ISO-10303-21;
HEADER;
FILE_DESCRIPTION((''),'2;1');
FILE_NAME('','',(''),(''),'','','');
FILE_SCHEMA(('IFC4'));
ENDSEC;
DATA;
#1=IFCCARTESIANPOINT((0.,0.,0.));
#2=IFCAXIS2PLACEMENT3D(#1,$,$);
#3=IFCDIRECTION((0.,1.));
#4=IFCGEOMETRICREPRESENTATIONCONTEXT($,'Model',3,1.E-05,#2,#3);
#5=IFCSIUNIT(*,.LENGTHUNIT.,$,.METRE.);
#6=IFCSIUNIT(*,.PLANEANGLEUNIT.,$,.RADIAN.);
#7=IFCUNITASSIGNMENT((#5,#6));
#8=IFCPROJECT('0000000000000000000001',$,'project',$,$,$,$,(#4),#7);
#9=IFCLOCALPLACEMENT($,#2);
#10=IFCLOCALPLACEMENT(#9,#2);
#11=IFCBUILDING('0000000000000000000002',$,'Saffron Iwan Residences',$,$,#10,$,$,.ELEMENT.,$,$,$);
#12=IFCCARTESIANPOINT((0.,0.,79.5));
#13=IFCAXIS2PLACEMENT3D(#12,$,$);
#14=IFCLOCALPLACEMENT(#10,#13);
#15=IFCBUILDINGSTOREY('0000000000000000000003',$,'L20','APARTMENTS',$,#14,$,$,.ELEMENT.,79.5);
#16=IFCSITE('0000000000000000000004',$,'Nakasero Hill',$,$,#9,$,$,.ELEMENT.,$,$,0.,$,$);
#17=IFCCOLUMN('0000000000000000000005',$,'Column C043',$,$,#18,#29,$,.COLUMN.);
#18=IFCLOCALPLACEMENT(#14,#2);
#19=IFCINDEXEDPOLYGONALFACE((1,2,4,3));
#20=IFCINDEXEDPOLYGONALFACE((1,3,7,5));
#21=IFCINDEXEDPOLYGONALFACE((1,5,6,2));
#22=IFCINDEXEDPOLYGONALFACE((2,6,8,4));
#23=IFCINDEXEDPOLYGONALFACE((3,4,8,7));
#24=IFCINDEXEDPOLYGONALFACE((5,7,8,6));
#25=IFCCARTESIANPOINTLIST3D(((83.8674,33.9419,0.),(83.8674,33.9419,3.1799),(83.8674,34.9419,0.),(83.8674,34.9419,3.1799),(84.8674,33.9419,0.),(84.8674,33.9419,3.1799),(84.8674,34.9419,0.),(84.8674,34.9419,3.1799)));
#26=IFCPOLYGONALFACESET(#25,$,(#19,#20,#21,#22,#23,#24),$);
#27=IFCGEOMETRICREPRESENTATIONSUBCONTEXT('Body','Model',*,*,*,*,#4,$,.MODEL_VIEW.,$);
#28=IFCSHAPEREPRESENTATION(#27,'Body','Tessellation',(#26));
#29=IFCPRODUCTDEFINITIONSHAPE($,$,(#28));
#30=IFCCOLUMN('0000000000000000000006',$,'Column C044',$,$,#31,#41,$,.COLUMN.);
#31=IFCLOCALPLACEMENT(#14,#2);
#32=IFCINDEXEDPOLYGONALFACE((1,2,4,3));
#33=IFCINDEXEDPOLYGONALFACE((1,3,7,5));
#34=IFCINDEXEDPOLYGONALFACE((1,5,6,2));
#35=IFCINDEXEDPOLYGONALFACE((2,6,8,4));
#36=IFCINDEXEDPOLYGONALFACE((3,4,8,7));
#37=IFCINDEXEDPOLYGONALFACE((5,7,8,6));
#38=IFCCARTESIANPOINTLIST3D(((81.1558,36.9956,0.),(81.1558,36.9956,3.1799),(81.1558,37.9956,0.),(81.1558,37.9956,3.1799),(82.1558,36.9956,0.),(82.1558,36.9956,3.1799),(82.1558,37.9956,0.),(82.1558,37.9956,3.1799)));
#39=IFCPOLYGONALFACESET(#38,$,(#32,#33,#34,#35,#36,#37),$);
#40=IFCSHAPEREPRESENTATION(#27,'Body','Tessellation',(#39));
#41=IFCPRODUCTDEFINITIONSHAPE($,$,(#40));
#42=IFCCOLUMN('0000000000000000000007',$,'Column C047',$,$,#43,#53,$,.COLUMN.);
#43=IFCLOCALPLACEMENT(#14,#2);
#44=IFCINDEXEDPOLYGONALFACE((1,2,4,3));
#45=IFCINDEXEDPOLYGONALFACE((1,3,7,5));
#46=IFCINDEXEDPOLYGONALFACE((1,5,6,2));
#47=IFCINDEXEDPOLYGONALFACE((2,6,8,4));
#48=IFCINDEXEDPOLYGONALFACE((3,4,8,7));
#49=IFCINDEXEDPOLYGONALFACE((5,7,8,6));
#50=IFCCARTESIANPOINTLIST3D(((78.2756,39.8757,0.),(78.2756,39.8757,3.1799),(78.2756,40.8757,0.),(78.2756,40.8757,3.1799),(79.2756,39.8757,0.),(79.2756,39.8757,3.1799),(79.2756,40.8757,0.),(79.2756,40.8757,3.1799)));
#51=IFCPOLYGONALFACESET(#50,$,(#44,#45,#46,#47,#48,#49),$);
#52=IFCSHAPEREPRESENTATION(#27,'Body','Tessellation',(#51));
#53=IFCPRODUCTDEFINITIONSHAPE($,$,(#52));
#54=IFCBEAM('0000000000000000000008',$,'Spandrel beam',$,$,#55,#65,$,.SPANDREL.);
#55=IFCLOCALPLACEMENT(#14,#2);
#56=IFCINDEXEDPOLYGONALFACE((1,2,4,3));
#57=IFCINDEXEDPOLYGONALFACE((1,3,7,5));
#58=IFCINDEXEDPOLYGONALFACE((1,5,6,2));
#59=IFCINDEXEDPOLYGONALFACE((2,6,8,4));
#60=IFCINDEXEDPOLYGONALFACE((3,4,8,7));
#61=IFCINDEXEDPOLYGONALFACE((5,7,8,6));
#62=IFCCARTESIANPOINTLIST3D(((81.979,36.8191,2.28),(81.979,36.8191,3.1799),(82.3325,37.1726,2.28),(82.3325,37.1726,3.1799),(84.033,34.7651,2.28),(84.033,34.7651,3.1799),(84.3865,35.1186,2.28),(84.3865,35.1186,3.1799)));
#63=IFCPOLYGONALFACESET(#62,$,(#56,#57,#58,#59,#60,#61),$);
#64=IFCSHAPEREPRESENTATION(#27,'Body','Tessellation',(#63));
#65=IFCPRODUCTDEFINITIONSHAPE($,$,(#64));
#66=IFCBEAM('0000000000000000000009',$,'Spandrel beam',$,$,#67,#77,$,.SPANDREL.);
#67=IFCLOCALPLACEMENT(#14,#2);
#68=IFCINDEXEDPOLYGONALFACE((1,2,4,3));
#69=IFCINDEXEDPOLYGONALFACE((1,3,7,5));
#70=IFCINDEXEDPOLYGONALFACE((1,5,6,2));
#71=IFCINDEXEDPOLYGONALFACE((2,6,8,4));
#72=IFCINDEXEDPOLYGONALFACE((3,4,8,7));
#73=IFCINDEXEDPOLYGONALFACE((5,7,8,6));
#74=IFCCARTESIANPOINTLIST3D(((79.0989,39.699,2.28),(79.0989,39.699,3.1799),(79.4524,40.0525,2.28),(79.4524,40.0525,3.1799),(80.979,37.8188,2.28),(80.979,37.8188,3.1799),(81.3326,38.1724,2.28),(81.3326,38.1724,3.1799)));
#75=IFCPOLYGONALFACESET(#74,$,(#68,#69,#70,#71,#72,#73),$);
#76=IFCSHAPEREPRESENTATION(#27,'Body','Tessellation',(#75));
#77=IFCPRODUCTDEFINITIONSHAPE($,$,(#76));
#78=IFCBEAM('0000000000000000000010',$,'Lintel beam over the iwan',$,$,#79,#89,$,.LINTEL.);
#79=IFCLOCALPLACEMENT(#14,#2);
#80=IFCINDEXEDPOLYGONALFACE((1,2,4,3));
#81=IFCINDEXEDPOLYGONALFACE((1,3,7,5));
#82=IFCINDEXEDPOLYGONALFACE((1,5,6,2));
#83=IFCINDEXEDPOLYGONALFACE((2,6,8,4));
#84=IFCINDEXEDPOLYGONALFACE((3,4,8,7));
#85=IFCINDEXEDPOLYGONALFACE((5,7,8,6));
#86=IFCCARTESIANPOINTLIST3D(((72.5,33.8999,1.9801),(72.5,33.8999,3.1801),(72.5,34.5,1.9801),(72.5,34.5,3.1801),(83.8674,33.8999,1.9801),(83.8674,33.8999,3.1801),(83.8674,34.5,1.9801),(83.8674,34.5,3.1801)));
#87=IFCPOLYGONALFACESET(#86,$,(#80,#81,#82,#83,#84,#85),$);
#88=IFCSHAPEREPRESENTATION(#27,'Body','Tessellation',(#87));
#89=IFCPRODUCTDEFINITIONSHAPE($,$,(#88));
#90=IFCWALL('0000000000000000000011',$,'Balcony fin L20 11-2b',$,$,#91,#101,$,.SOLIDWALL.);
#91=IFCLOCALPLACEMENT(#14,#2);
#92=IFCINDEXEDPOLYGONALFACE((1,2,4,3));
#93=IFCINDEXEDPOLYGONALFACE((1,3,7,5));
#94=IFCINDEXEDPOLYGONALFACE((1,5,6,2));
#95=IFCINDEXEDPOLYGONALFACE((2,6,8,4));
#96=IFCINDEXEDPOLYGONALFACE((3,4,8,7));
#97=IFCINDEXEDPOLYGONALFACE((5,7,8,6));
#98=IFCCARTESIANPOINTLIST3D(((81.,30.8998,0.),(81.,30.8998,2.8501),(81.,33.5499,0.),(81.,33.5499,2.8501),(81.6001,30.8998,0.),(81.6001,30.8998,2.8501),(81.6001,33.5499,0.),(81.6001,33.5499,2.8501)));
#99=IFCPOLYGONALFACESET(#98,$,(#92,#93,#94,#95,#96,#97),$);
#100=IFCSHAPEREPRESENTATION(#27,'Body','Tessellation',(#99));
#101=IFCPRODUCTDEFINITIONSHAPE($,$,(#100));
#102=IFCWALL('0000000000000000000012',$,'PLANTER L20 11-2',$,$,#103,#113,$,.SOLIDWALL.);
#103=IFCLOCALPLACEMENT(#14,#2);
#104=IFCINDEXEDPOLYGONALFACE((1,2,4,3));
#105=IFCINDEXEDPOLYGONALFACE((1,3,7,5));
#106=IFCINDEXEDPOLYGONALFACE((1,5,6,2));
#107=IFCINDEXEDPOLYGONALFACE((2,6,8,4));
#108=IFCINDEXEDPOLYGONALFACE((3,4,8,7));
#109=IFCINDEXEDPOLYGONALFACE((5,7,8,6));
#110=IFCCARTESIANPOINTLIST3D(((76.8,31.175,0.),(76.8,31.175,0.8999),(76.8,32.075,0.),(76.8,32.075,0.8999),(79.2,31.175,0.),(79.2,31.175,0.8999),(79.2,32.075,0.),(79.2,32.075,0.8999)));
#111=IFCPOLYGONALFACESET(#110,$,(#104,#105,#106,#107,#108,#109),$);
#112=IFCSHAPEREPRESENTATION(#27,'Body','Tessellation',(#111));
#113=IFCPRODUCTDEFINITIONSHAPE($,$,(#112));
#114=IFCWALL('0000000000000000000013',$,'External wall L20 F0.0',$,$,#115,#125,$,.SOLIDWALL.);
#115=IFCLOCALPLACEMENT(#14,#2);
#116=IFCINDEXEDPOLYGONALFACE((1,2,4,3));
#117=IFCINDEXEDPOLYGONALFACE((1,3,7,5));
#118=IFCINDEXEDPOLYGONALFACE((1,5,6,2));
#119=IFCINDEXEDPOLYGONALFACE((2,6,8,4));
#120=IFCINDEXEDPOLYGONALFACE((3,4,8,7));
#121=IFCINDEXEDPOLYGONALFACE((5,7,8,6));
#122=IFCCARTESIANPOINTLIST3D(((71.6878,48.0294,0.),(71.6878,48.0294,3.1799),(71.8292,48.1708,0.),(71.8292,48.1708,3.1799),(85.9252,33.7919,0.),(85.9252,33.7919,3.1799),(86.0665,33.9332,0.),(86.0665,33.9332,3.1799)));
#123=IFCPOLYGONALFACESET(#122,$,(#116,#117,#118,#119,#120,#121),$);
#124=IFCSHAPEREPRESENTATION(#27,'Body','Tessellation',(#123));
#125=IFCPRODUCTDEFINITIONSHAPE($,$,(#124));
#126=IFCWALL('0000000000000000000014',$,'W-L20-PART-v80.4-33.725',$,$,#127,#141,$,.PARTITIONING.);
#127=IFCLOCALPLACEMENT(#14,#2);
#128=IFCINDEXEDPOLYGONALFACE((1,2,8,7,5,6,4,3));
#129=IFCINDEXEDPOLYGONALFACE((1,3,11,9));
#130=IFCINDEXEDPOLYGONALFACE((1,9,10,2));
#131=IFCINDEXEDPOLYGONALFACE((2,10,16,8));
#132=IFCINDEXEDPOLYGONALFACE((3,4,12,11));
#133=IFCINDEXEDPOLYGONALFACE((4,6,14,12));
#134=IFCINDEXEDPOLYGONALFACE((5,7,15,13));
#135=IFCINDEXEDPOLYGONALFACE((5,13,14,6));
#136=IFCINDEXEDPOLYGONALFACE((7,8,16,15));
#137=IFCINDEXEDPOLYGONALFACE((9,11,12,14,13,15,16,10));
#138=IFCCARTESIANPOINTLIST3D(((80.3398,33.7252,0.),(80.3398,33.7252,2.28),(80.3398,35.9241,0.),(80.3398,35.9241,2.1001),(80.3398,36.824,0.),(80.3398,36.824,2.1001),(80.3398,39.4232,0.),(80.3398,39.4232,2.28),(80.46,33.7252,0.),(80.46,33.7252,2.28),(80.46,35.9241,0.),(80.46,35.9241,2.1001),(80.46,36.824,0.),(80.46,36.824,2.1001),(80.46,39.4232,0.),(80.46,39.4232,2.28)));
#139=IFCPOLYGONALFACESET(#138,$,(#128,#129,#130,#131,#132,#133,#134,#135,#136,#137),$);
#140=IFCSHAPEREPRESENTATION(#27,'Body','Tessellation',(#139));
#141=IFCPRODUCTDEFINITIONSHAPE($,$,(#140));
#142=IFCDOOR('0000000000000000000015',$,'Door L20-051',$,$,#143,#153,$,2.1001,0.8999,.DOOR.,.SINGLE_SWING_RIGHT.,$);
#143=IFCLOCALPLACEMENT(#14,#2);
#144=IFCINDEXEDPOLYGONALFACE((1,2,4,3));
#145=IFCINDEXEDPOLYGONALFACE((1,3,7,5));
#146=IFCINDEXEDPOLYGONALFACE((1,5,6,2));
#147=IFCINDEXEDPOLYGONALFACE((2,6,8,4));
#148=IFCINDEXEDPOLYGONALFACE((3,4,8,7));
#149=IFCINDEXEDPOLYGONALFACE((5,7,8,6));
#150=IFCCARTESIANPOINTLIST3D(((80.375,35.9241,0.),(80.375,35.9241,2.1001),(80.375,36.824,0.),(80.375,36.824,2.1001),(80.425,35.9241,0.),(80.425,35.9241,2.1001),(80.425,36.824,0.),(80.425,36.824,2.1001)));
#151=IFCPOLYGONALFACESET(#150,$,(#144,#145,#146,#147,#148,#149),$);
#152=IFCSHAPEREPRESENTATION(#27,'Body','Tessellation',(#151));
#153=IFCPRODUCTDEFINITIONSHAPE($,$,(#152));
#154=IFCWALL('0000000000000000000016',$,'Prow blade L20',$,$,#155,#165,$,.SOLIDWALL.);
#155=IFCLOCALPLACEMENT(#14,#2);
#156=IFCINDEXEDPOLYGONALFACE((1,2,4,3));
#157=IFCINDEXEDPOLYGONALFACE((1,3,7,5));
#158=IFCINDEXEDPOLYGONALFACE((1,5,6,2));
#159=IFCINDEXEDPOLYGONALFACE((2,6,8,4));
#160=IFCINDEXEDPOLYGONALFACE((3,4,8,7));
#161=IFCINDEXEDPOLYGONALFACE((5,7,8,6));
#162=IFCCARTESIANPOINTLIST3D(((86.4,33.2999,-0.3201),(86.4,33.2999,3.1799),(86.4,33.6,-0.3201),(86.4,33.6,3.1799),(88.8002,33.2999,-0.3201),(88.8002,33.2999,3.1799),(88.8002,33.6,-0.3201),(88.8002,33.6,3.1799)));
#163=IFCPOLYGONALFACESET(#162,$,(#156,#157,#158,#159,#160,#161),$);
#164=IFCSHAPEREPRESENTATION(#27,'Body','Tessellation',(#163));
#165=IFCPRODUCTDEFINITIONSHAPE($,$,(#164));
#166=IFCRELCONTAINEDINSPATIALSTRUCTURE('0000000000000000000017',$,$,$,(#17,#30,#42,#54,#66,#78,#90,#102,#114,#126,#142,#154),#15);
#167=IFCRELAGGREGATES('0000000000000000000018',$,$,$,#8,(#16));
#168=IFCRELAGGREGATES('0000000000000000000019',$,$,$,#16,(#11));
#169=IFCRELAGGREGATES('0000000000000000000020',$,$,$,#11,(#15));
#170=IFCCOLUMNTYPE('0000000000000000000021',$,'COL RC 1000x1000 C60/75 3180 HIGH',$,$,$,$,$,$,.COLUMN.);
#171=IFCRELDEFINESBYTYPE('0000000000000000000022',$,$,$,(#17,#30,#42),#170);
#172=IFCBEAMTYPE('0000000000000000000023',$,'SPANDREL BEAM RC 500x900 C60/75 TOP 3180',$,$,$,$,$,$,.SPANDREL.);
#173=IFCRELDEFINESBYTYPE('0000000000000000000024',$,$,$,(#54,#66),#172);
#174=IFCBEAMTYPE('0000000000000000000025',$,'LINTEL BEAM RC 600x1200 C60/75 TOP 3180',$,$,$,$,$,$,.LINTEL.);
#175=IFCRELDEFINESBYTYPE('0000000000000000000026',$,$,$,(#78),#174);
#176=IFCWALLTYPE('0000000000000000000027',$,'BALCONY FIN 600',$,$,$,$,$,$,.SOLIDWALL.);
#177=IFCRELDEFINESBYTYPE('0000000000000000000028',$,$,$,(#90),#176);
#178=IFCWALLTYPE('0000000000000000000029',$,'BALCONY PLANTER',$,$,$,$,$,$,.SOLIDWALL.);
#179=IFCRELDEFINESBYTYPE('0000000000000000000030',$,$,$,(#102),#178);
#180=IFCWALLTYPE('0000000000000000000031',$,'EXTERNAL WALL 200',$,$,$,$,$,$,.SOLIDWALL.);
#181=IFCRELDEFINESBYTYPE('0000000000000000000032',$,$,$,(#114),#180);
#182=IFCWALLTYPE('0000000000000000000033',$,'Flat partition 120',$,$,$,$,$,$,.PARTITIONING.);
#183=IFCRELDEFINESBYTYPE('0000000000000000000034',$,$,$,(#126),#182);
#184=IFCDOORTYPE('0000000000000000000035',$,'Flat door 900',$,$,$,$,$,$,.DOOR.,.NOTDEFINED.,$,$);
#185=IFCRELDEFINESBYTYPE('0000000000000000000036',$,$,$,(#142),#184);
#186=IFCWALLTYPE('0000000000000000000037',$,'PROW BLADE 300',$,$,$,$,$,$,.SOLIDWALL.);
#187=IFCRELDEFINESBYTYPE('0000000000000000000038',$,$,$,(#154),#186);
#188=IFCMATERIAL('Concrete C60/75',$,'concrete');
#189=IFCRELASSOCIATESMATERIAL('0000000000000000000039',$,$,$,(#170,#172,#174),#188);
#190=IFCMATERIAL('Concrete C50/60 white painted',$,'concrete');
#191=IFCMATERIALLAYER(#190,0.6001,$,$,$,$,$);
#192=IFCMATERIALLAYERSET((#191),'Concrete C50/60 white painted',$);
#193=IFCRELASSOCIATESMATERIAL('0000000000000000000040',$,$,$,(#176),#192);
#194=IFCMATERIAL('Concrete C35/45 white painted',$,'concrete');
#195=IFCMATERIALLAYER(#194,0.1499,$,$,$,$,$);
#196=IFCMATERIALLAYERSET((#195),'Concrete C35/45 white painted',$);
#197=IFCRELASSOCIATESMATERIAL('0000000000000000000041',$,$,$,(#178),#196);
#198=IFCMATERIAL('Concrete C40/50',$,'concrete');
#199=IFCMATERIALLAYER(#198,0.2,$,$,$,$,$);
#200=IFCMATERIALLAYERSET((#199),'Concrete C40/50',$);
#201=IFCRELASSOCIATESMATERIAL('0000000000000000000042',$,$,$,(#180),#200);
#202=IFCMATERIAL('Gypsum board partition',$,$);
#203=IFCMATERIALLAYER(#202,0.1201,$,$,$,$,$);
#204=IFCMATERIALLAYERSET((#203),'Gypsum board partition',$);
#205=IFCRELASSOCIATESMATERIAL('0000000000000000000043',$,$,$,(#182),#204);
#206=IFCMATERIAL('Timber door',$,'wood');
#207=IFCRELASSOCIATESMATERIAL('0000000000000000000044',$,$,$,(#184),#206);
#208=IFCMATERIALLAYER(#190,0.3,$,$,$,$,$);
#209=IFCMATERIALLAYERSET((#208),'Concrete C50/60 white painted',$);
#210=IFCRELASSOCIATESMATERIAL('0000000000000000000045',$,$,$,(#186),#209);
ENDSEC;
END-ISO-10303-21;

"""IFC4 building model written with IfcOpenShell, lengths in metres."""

from ifc_helpers import new_model, si_unit, direction, frame, frame_2d, origin, origin_2d, place, context, subcontext, project, spatial, rectangle, extrude, source, transform, mapped, material, layer, layer_set, material_profile, profile_set, type_object, element, fill, save


model = new_model("IFC4")

# Units and contexts
model_context = context("Model", 3, precision=1e-05, world=origin(), true_north=direction((0.0, 1.0)))
body_context = subcontext(model_context, "Body", "Model", "MODEL_VIEW")
ifc_project = project(units=[si_unit("LENGTHUNIT", "METRE"), si_unit("PLANEANGLEUNIT", "RADIAN")], contexts=[model_context])

# Site, building, storey
site_placement = place(None, origin())
site = spatial("IfcSite", under=ifc_project, at=site_placement, Name="Nakasero Hill", CompositionType="ELEMENT", RefElevation=0.0)
building_placement = place(site_placement, origin())
building = spatial("IfcBuilding", under=site, at=building_placement, Name="Saffron Iwan Residences", CompositionType="ELEMENT")
storey_placement = place(building_placement, frame((0.0, 0.0, 79.5)))
storey = spatial("IfcBuildingStorey", under=building, at=storey_placement, Name="L20", Description="APARTMENTS", CompositionType="ELEMENT", Elevation=79.5)

# Columns
ifc_material_1 = material(Name="Concrete C60/75", Category="concrete")
ifc_material_profile_1 = material_profile(ifc_material_1, rectangle(XDim=1.0, YDim=1.0, at=origin_2d()), Name="RC 1000x1000")
ifc_profile_set_1 = profile_set([ifc_material_profile_1], Name="Concrete C60/75")
column_type = type_object("IfcColumnType", Name="COL RC 1000x1000 C60/75 3180 HIGH", PredefinedType="COLUMN", material=ifc_profile_set_1)
shared_shape_1 = source(origin(), body_context, "Body", "SweptSolid", [
    extrude(rectangle(XDim=1.0, YDim=1.0, at=origin_2d()), origin(), (0.0, 0.0, 1.0), 3.1799),
])
for number, where, z_axis, x_axis, name in (
    (1, (84.3674, 34.4419, 0.0), (0.0, 0.0, 1.0), (1.0, 0.0, 0.0), "Column C043"),
    (2, (81.6558, 37.4956, 0.0), (0.0, 0.0, 1.0), (1.0, 0.0, 0.0), "Column C044"),
    (3, (78.7756, 40.3757, 0.0), (0.0, 0.0, 1.0), (1.0, 0.0, 0.0), "Column C047"),
):
    element("IfcColumn", number, at=place(storey_placement, frame(where, z_axis=z_axis, x_axis=x_axis)), inside=storey, type_object=column_type, Name=name, PredefinedType="COLUMN", context=body_context, shape_type="MappedRepresentation", body=[
        mapped(shared_shape_1, transform((0.0, 0.0, 0.0))),
    ])

# Beams
ifc_material_profile_2 = material_profile(ifc_material_1, rectangle(XDim=0.5, YDim=0.8999, at=origin_2d()), Name="RC 500x900")
ifc_profile_set_2 = profile_set([ifc_material_profile_2], Name="Concrete C60/75")
beam_type_1 = type_object("IfcBeamType", Name="SPANDREL BEAM RC 500x900 C60/75 TOP 3180", PredefinedType="SPANDREL", material=ifc_profile_set_2)
shared_shape_2 = source(origin(), body_context, "Body", "SweptSolid", [
    extrude(rectangle(XDim=0.5, YDim=0.8999, at=origin_2d()), origin(), (0.0, 0.0, 1.0), 2.9048),
])
beam_1_placement = place(storey_placement, frame((82.1558, 36.9958, 2.73), z_axis=(0.707107, -0.707107, 0.0), x_axis=(0.707107, 0.707107, 0.0)))
element("IfcBeam", 4, at=beam_1_placement, inside=storey, type_object=beam_type_1, Name="Spandrel beam", PredefinedType="SPANDREL", context=body_context, shape_type="MappedRepresentation", body=[
    mapped(shared_shape_2, transform((0.0, 0.0, 0.0))),
])
shared_shape_3 = source(origin(), body_context, "Body", "SweptSolid", [
    extrude(rectangle(XDim=0.5, YDim=0.8999, at=origin_2d()), origin(), (0.0, 0.0, 1.0), 2.6589),
])
beam_2_placement = place(storey_placement, frame((79.2756, 39.8757, 2.73), z_axis=(0.707107, -0.707107, 0.0), x_axis=(0.707107, 0.707107, 0.0)))
element("IfcBeam", 5, at=beam_2_placement, inside=storey, type_object=beam_type_1, Name="Spandrel beam", PredefinedType="SPANDREL", context=body_context, shape_type="MappedRepresentation", body=[
    mapped(shared_shape_3, transform((0.0, 0.0, 0.0))),
])
ifc_material_profile_3 = material_profile(ifc_material_1, rectangle(XDim=0.6001, YDim=1.2, at=origin_2d()), Name="RC 600x1200")
ifc_profile_set_3 = profile_set([ifc_material_profile_3], Name="Concrete C60/75")
beam_type_2 = type_object("IfcBeamType", Name="LINTEL BEAM RC 600x1200 C60/75 TOP 3180", PredefinedType="LINTEL", material=ifc_profile_set_3)
shared_shape_4 = source(origin(), body_context, "Body", "SweptSolid", [
    extrude(rectangle(XDim=0.6001, YDim=1.2, at=origin_2d()), origin(), (0.0, 0.0, 1.0), 11.3674),
])
beam_3_placement = place(storey_placement, frame((83.8674, 34.2, 2.5801), z_axis=(-1.0, 0.0, 0.0), x_axis=(0.0, -1.0, 0.0)))
element("IfcBeam", 6, at=beam_3_placement, inside=storey, type_object=beam_type_2, Name="Lintel beam over the iwan", PredefinedType="LINTEL", context=body_context, shape_type="MappedRepresentation", body=[
    mapped(shared_shape_4, transform((0.0, 0.0, 0.0))),
])

# Walls
ifc_material_2 = material(Name="Concrete C50/60 white painted", Category="concrete")
ifc_layer_1 = layer(ifc_material_2, 0.6001)
ifc_layer_set_1 = layer_set([ifc_layer_1], Name="Concrete C50/60 white painted")
wall_type_1 = type_object("IfcWallType", Name="BALCONY FIN 600", PredefinedType="SOLIDWALL", material=ifc_layer_set_1)
wall_1_placement = place(storey_placement, frame((81.3, 33.55, 0.0), z_axis=(0.0, 0.0, 1.0), x_axis=(0.0, -1.0, 0.0)))
element("IfcWall", 7, at=wall_1_placement, inside=storey, type_object=wall_type_1, Name="Balcony fin L20 11-2b", PredefinedType="SOLIDWALL", context=body_context, shape_type="SweptSolid", body=[
    extrude(rectangle(XDim=2.6501, YDim=0.6001, at=frame_2d((1.3252, 0.0))), origin(), (0.0, 0.0, 1.0), 2.8501),
])
ifc_material_3 = material(Name="Concrete C35/45 white painted", Category="concrete")
ifc_layer_2 = layer(ifc_material_3, 0.1499)
ifc_layer_set_2 = layer_set([ifc_layer_2], Name="Concrete C35/45 white painted")
wall_type_2 = type_object("IfcWallType", Name="BALCONY PLANTER", PredefinedType="SOLIDWALL", material=ifc_layer_set_2)
wall_2_placement = place(storey_placement, frame((76.8, 31.625, 0.0), z_axis=(0.0, 0.0, 1.0), x_axis=(1.0, 0.0, 0.0)))
element("IfcWall", 8, at=wall_2_placement, inside=storey, type_object=wall_type_2, Name="PLANTER L20 11-2", PredefinedType="SOLIDWALL", context=body_context, shape_type="SweptSolid", body=[
    extrude(rectangle(XDim=2.3999, YDim=0.8999, at=frame_2d((1.2, 0.0))), origin(), (0.0, 0.0, 1.0), 0.8999),
])
ifc_material_4 = material(Name="Concrete C40/50", Category="concrete")
ifc_layer_3 = layer(ifc_material_4, 0.2)
ifc_layer_set_3 = layer_set([ifc_layer_3], Name="Concrete C40/50")
wall_type_3 = type_object("IfcWallType", Name="EXTERNAL WALL 200", PredefinedType="SOLIDWALL", material=ifc_layer_set_3)
wall_3_placement = place(storey_placement, frame((85.9958, 33.8625, 0.0), z_axis=(0.0, 0.0, 1.0), x_axis=(-0.707101, 0.707113, 0.0)))
element("IfcWall", 9, at=wall_3_placement, inside=storey, type_object=wall_type_3, Name="External wall L20 F0.0", PredefinedType="SOLIDWALL", context=body_context, shape_type="SweptSolid", body=[
    extrude(rectangle(XDim=20.1348, YDim=0.2, at=frame_2d((10.0674, 0.0))), origin(), (0.0, 0.0, 1.0), 3.1799),
])

# Wall, opening, door
ifc_material_5 = material(Name="Gypsum board partition")
ifc_layer_4 = layer(ifc_material_5, 0.1201)
ifc_layer_set_4 = layer_set([ifc_layer_4], Name="Gypsum board partition")
wall_type_4 = type_object("IfcWallType", Name="Flat partition 120", PredefinedType="PARTITIONING", material=ifc_layer_set_4)
wall_4_placement = place(storey_placement, frame((80.3999, 33.7251, 0.0), z_axis=(0.0, 0.0, 1.0), x_axis=(0.0, 1.0, 0.0)))
wall_4 = element("IfcWall", 10, at=wall_4_placement, inside=storey, type_object=wall_type_4, Name="W-L20-PART-v80.4-33.725", PredefinedType="PARTITIONING", context=body_context, shape_type="SweptSolid", body=[
    extrude(rectangle(XDim=5.698, YDim=0.1201, at=frame_2d((2.8491, 0.0))), origin(), (0.0, 0.0, 1.0), 2.28),
])
opening_placement = place(wall_4_placement, frame((2.199, 0.0, 0.0)))
opening = element("IfcOpeningElement", 11, at=opening_placement, cuts=wall_4, PredefinedType="OPENING", context=body_context, shape_type="SweptSolid", body=[
    extrude(rectangle(XDim=0.8999, YDim=2.1001, at=frame_2d((0.45, 1.05))), frame((0.0, 0.0701, 0.0), z_axis=(0.0, -1.0, 0.0), x_axis=(1.0, 0.0, 0.0)), (0.0, 0.0, 1.0), 0.1401),
])
ifc_material_6 = material(Name="Timber door", Category="wood")
door_type = type_object("IfcDoorType", Name="Flat door 900", OperationType="NOTDEFINED", PredefinedType="DOOR", material=ifc_material_6)
door_placement = place(opening_placement, origin())
door = element("IfcDoor", 12, at=door_placement, inside=storey, type_object=door_type, Name="Door L20-051", OperationType="SINGLE_SWING_RIGHT", OverallHeight=2.1001, OverallWidth=0.8999, PredefinedType="DOOR", context=body_context, shape_type="SweptSolid", body=[
    extrude(rectangle(XDim=0.8999, YDim=2.1001, at=frame_2d((0.45, 1.05))), frame((0.0, 0.0249, 0.0), z_axis=(0.0, -1.0, 0.0), x_axis=(1.0, 0.0, 0.0)), (0.0, 0.0, 1.0), 0.05),
])
fill(opening, door)

# Wall
ifc_layer_5 = layer(ifc_material_2, 0.3)
ifc_layer_set_5 = layer_set([ifc_layer_5], Name="Concrete C50/60 white painted")
wall_type_5 = type_object("IfcWallType", Name="PROW BLADE 300", PredefinedType="SOLIDWALL", material=ifc_layer_set_5)
wall_5_placement = place(storey_placement, frame((86.3999, 33.45, -0.3201), z_axis=(0.0, 0.0, 1.0), x_axis=(1.0, 0.0, 0.0)))
element("IfcWall", 13, at=wall_5_placement, inside=storey, type_object=wall_type_5, Name="Prow blade L20", PredefinedType="SOLIDWALL", context=body_context, shape_type="SweptSolid", body=[
    extrude(rectangle(XDim=2.4001, YDim=0.3, at=frame_2d((1.2002, 0.0))), origin(), (0.0, 0.0, 1.0), 3.5),
])

save(model, "model.ifc")
